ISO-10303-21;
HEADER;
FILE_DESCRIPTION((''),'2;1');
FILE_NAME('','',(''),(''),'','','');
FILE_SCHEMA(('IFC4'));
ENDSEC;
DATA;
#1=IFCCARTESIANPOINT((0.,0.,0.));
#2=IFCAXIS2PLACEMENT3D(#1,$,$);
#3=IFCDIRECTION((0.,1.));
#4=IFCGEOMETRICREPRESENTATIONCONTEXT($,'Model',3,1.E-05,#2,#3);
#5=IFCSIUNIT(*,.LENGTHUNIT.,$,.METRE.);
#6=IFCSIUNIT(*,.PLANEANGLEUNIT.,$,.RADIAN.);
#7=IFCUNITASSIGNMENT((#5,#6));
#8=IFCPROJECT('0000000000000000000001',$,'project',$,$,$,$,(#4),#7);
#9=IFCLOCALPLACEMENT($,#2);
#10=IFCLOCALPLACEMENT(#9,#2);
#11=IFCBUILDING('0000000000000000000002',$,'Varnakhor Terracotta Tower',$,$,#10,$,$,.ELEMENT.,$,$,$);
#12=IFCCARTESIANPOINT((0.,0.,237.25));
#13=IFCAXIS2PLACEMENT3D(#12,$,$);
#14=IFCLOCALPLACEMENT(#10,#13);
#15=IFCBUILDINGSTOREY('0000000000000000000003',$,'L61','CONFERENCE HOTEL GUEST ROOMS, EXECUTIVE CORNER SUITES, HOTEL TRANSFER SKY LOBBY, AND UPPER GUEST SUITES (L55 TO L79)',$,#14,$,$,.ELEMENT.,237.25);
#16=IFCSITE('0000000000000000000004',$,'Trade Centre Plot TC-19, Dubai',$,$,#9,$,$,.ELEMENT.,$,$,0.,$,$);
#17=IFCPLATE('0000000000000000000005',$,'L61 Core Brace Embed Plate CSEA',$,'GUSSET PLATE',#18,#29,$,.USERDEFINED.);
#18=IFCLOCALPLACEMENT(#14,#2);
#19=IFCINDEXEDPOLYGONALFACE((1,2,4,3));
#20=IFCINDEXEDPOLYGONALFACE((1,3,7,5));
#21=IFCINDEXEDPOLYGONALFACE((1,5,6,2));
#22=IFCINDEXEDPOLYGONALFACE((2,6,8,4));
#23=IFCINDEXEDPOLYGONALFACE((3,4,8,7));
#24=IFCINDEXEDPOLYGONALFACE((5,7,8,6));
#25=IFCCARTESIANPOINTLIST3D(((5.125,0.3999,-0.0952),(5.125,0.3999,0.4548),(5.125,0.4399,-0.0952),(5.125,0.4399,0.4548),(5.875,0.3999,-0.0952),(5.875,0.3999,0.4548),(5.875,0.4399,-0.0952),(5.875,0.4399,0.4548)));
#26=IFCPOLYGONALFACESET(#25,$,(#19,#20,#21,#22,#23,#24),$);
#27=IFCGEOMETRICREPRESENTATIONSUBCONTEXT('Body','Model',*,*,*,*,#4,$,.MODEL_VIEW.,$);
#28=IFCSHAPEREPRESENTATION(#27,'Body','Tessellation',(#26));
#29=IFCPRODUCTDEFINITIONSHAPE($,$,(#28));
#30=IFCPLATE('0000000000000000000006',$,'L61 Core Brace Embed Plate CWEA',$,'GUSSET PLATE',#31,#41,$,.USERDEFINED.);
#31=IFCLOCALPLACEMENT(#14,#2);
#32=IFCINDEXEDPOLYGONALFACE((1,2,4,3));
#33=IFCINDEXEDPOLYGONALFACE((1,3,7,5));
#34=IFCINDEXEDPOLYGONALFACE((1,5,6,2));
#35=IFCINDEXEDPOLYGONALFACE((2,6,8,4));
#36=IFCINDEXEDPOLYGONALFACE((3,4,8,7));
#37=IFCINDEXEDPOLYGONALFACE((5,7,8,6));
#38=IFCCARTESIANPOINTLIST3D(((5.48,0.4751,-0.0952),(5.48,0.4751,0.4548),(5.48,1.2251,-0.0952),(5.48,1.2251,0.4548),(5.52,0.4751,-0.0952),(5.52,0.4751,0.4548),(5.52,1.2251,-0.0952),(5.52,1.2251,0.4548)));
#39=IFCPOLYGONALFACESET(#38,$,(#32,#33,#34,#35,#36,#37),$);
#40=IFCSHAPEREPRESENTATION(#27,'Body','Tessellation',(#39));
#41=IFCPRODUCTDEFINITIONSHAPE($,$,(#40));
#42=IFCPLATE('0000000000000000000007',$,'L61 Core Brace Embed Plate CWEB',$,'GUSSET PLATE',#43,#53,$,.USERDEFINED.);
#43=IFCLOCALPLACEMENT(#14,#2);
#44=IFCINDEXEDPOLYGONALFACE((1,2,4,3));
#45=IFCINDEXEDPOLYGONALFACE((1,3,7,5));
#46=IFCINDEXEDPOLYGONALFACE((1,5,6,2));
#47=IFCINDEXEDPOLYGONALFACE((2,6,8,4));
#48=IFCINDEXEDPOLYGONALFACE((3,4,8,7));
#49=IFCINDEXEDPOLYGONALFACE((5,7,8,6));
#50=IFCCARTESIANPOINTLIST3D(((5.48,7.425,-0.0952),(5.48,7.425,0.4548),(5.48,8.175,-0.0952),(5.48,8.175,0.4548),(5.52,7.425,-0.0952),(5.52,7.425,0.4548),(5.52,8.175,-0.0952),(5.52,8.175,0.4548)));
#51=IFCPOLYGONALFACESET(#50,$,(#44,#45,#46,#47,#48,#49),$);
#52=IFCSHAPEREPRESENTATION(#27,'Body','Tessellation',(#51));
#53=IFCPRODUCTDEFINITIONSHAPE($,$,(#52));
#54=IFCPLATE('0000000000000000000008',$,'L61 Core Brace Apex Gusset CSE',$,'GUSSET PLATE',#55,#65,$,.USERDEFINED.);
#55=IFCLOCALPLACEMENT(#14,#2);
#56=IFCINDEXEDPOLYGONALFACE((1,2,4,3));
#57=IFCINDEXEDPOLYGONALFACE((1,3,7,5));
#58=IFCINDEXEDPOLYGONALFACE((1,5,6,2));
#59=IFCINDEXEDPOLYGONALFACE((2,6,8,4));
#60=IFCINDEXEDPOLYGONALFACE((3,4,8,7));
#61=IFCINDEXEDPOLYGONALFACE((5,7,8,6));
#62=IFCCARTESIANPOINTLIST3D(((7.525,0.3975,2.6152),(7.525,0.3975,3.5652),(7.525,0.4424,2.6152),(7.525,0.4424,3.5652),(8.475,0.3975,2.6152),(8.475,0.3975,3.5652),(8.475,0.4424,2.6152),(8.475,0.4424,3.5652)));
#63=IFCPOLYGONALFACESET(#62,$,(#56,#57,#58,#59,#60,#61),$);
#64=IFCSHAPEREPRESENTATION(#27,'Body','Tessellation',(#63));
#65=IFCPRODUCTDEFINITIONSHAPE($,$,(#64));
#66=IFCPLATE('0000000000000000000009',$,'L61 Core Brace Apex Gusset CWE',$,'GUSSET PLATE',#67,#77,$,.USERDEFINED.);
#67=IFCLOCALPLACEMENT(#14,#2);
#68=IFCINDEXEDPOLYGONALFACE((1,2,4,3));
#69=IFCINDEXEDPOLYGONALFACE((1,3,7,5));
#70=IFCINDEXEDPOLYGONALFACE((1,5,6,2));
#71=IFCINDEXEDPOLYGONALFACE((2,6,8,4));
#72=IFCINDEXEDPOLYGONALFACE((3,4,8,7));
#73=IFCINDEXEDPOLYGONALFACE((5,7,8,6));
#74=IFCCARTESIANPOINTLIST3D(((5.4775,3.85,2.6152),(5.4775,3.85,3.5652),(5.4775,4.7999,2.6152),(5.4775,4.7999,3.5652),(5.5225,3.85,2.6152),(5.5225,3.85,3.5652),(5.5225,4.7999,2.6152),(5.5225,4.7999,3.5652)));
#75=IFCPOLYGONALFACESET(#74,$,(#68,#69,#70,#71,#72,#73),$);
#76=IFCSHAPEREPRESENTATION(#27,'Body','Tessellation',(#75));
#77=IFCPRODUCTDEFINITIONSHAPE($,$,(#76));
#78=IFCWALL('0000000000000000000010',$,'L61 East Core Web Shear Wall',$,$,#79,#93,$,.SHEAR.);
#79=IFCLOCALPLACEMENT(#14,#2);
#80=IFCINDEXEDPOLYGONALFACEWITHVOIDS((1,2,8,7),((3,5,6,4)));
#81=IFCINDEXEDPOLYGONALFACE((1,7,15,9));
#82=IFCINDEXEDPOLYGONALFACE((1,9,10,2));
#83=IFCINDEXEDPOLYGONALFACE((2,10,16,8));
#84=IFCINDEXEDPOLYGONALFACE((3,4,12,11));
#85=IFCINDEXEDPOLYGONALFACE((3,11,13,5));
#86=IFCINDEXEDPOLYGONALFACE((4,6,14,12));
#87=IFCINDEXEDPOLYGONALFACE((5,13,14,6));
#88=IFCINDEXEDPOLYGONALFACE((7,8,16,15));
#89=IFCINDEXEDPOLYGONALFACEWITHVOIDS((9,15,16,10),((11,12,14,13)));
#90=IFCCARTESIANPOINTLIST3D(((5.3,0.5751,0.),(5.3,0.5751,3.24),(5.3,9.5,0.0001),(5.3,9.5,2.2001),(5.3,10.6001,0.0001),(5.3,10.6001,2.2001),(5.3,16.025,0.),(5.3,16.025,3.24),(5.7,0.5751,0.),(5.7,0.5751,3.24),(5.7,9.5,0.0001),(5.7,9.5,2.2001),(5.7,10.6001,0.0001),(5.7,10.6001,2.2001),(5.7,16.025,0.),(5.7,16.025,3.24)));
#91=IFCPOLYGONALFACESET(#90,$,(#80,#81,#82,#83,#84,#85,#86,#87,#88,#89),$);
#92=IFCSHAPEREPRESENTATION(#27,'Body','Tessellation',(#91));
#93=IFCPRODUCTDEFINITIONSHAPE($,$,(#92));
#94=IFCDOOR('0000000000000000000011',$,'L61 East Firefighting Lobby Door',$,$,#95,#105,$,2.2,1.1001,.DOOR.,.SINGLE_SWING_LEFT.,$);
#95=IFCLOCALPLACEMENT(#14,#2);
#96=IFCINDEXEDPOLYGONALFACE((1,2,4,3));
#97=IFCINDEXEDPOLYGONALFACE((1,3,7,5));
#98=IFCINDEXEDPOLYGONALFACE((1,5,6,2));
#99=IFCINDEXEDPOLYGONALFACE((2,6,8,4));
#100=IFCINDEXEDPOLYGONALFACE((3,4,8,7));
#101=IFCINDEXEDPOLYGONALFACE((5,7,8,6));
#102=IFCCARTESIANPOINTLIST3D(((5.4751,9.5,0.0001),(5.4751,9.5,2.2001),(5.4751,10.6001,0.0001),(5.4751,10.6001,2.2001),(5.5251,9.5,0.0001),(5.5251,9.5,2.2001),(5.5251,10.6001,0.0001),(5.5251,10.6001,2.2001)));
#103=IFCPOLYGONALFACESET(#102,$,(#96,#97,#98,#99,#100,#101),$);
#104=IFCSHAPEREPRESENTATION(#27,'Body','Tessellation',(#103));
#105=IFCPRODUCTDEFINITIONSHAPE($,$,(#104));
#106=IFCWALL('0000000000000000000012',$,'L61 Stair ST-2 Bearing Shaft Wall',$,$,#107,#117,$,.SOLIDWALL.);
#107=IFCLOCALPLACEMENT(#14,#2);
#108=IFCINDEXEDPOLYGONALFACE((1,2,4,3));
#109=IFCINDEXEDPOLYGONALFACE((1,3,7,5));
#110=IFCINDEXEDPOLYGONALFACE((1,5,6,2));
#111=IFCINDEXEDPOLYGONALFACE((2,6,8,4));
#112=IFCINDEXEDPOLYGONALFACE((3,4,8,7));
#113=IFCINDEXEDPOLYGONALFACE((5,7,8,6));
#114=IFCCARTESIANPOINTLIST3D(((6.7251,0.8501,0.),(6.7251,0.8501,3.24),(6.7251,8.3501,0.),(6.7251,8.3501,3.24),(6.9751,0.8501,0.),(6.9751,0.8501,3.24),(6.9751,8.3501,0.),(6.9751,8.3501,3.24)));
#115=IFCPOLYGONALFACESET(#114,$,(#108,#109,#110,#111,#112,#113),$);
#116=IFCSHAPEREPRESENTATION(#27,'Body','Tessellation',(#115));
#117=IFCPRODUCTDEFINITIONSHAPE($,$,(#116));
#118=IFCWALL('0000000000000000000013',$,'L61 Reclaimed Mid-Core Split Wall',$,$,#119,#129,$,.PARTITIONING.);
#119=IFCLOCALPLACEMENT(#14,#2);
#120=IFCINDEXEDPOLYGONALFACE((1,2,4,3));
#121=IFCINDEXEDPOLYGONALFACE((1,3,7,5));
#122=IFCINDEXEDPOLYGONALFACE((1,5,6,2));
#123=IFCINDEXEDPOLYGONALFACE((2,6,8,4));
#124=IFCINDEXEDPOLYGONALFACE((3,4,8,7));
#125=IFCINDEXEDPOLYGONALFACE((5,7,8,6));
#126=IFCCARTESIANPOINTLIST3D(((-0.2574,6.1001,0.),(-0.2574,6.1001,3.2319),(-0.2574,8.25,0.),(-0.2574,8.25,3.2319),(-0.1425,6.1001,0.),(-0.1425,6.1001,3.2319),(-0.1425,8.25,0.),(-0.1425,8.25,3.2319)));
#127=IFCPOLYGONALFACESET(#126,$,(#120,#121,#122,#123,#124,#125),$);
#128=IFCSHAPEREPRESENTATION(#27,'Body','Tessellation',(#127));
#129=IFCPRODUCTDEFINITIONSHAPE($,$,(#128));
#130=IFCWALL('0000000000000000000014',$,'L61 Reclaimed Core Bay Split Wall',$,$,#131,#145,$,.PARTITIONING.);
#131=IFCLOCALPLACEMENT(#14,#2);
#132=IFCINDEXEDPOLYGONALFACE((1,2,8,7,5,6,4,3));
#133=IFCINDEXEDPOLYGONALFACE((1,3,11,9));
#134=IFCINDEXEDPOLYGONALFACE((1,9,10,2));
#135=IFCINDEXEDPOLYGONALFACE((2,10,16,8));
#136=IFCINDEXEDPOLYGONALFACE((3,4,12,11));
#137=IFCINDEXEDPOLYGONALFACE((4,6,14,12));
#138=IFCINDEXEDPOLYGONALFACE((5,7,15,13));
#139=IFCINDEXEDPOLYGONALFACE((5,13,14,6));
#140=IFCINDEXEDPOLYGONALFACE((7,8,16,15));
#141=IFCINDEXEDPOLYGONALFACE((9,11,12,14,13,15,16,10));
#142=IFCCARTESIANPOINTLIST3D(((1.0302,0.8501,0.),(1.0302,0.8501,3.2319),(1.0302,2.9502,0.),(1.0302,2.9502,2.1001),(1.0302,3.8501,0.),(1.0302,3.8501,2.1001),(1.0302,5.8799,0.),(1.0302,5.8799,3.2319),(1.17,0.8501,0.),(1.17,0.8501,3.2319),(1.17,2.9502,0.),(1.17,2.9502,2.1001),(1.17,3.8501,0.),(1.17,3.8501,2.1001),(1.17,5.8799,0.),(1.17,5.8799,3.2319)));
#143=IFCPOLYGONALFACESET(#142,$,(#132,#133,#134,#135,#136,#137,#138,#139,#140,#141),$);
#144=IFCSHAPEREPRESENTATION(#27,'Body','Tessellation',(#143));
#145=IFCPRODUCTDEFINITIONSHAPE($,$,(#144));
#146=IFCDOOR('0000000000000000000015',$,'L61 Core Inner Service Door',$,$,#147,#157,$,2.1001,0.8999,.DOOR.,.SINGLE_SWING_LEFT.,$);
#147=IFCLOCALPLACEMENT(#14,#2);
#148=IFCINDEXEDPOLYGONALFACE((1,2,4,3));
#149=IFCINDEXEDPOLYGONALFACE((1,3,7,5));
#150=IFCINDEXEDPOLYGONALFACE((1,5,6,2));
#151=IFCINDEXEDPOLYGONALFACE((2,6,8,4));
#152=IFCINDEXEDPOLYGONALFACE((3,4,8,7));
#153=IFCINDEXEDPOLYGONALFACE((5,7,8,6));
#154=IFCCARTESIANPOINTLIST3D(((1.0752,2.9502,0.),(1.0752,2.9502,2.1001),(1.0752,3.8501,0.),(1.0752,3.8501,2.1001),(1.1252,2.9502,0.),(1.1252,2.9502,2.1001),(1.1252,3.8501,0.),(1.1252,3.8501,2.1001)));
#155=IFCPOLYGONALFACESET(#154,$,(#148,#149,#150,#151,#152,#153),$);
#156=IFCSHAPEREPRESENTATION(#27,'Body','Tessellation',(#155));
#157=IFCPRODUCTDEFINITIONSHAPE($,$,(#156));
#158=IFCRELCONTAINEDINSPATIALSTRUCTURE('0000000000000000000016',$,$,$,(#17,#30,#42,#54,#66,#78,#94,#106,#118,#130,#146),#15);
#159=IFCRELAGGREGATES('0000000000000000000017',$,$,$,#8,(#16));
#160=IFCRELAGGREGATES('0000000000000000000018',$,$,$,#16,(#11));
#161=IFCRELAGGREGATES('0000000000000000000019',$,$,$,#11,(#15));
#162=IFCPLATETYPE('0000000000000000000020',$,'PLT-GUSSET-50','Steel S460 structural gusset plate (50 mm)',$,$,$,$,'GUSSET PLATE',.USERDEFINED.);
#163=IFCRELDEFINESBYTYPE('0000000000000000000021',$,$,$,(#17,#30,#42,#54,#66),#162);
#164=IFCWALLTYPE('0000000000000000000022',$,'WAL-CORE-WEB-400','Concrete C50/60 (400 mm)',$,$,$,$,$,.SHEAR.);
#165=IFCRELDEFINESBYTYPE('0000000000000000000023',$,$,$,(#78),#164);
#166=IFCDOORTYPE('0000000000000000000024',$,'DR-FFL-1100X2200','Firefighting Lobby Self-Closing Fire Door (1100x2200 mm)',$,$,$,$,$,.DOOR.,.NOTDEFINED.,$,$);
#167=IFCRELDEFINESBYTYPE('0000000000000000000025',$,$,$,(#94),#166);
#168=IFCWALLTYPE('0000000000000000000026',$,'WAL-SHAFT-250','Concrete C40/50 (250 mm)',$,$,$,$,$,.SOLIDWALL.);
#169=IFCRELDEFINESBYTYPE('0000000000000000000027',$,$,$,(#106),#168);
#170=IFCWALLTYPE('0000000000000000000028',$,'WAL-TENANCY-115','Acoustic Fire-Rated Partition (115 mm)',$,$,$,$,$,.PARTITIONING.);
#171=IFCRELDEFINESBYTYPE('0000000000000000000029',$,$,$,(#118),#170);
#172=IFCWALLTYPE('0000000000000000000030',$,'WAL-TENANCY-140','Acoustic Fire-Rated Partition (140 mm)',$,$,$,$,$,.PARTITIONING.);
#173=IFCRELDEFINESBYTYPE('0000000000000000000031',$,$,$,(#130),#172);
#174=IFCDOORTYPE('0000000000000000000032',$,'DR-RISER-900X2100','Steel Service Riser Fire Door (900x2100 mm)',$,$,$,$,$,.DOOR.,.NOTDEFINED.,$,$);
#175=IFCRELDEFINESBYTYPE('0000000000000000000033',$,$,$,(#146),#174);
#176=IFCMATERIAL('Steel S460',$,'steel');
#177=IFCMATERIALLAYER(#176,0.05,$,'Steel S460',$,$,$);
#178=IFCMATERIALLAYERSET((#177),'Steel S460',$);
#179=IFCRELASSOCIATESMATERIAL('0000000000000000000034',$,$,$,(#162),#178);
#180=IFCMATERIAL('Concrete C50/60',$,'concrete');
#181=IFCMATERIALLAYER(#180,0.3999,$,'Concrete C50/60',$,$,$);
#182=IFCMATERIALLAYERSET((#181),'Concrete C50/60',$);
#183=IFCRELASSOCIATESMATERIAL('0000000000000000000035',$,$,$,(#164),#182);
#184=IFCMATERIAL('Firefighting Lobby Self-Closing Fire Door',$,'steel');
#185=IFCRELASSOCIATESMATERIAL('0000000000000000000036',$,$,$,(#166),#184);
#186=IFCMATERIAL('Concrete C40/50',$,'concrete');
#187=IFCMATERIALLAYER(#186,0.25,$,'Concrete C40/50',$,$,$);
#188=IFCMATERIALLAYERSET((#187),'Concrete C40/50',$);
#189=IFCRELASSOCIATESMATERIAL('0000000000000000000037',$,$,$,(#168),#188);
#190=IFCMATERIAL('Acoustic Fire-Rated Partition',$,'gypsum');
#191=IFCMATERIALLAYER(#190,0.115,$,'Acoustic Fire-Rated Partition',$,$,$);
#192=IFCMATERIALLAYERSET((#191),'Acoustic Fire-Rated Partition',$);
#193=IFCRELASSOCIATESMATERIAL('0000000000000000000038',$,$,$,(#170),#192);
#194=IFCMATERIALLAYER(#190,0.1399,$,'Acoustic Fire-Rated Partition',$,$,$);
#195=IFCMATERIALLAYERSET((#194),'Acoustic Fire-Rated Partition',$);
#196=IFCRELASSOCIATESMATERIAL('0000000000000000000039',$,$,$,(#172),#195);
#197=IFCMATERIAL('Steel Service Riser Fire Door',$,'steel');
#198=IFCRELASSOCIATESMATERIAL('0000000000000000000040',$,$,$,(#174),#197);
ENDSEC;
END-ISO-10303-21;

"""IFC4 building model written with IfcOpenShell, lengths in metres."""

from ifc_helpers import new_model, si_unit, direction, frame, frame_2d, origin, origin_2d, place, context, subcontext, project, spatial, rectangle, extrude, source, transform, mapped, material, layer, layer_set, type_object, type_shapes, element, fill, save


model = new_model("IFC4")

# Units and contexts
model_context = context("Model", 3, precision=1e-05, world=origin(), true_north=direction((0.0, 1.0)))
body_context = subcontext(model_context, "Body", "Model", "MODEL_VIEW")
ifc_project = project(units=[si_unit("LENGTHUNIT", "METRE"), si_unit("PLANEANGLEUNIT", "RADIAN")], contexts=[model_context])

# Site, building, storey
site_placement = place(None, origin())
site = spatial("IfcSite", under=ifc_project, at=site_placement, Name="Trade Centre Plot TC-19, Dubai", CompositionType="ELEMENT", RefElevation=0.0)
building_placement = place(site_placement, origin())
building = spatial("IfcBuilding", under=site, at=building_placement, Name="Varnakhor Terracotta Tower", CompositionType="ELEMENT")
storey_placement = place(building_placement, frame((0.0, 0.0, 237.25)))
storey = spatial("IfcBuildingStorey", under=building, at=storey_placement, Name="L61", Description="CONFERENCE HOTEL GUEST ROOMS, EXECUTIVE CORNER SUITES, HOTEL TRANSFER SKY LOBBY, AND UPPER GUEST SUITES (L55 TO L79)", CompositionType="ELEMENT", Elevation=237.25)

# Shared definitions
ifc_material_1 = material(Name="Concrete C50/60", Category="concrete")

# Shared definitions
ifc_material_2 = material(Name="Concrete C40/50", Category="concrete")

# Plates
ifc_material_3 = material(Name="Steel S460", Category="steel")
ifc_layer_1 = layer(ifc_material_3, 0.05, Name="Steel S460")
ifc_layer_set_1 = layer_set([ifc_layer_1], Name="Steel S460")
plate_type = type_object("IfcPlateType", Name="PLT-GUSSET-50", Description="Steel S460 structural gusset plate (50 mm)", ElementType="GUSSET PLATE", PredefinedType="USERDEFINED", material=ifc_layer_set_1)
shared_shape_1 = source(origin(), body_context, "Body", "SweptSolid", [
    extrude(rectangle(XDim=0.75, YDim=0.04, at=origin_2d()), origin(), (0.0, 0.0, 1.0), 0.55),
])
type_shapes(plate_type, [shared_shape_1])
for number, where, z_axis, x_axis, name in (
    (1, (5.5, 0.4199, -0.0952), (0.0, 0.0, 1.0), (1.0, 0.0, 0.0), "L61 Core Brace Embed Plate CSEA"),
    (2, (5.5, 0.8501, -0.0952), (0.0, 0.0, 1.0), (0.0, 1.0, 0.0), "L61 Core Brace Embed Plate CWEA"),
    (3, (5.5, 7.8, -0.0952), (0.0, 0.0, 1.0), (0.0, 1.0, 0.0), "L61 Core Brace Embed Plate CWEB"),
):
    element("IfcPlate", number, at=place(storey_placement, frame(where, z_axis=z_axis, x_axis=x_axis)), inside=storey, type_object=plate_type, Name=name, ObjectType="GUSSET PLATE", PredefinedType="USERDEFINED", context=body_context, shape_type="MappedRepresentation", body=[
        mapped(shared_shape_1, transform((0.0, 0.0, 0.0), scale=1.0)),
    ])
shared_shape_2 = source(origin(), body_context, "Body", "SweptSolid", [
    extrude(rectangle(XDim=0.95, YDim=0.0449, at=origin_2d()), origin(), (0.0, 0.0, 1.0), 0.95),
])
for number, where, z_axis, x_axis, name in (
    (4, (8.0, 0.4199, 2.6152), (0.0, 0.0, 1.0), (1.0, 0.0, 0.0), "L61 Core Brace Apex Gusset CSE"),
    (5, (5.5, 4.325, 2.6152), (0.0, 0.0, 1.0), (0.0, 1.0, 0.0), "L61 Core Brace Apex Gusset CWE"),
):
    element("IfcPlate", number, at=place(storey_placement, frame(where, z_axis=z_axis, x_axis=x_axis)), inside=storey, type_object=plate_type, Name=name, ObjectType="GUSSET PLATE", PredefinedType="USERDEFINED", context=body_context, shape_type="MappedRepresentation", body=[
        mapped(shared_shape_2, transform((0.0, 0.0, 0.0), scale=1.0)),
    ])

# Wall, opening, door
ifc_layer_2 = layer(ifc_material_1, 0.3999, Name="Concrete C50/60")
ifc_layer_set_2 = layer_set([ifc_layer_2], Name="Concrete C50/60")
wall_type_1 = type_object("IfcWallType", Name="WAL-CORE-WEB-400", Description="Concrete C50/60 (400 mm)", PredefinedType="SHEAR", material=ifc_layer_set_2)
wall_1_placement = place(storey_placement, frame((5.5, 0.575, 0.0), z_axis=(0.0, 0.0, 1.0), x_axis=(0.0, 1.0, 0.0)))
wall_1 = element("IfcWall", 6, at=wall_1_placement, inside=storey, type_object=wall_type_1, Name="L61 East Core Web Shear Wall", PredefinedType="SHEAR", context=body_context, shape_type="SweptSolid", body=[
    extrude(rectangle(XDim=15.45, YDim=0.3999, at=frame_2d((7.7251, 0.0))), origin(), (0.0, 0.0, 1.0), 3.24),
])
opening_1_placement = place(wall_1_placement, frame((8.925, 0.0, 0.0)))
opening_1 = element("IfcOpeningElement", 7, at=opening_1_placement, cuts=wall_1, PredefinedType="OPENING", context=body_context, shape_type="SweptSolid", body=[
    extrude(rectangle(XDim=1.1001, YDim=2.2, at=frame_2d((0.55, 1.1001))), frame((0.0, 0.21, 0.0), z_axis=(0.0, -1.0, 0.0), x_axis=(1.0, 0.0, 0.0)), (0.0, 0.0, 1.0), 0.4199),
])
ifc_material_4 = material(Name="Firefighting Lobby Self-Closing Fire Door", Category="steel")
door_type_1 = type_object("IfcDoorType", Name="DR-FFL-1100X2200", Description="Firefighting Lobby Self-Closing Fire Door (1100x2200 mm)", OperationType="NOTDEFINED", PredefinedType="DOOR", material=ifc_material_4)
shared_shape_3 = source(origin(), body_context, "Body", "SweptSolid", [
    extrude(rectangle(XDim=1.1001, YDim=2.2, at=frame_2d((0.55, 1.1001))), frame((0.0, 0.0249, 0.0), z_axis=(0.0, -1.0, 0.0), x_axis=(1.0, 0.0, 0.0)), (0.0, 0.0, 1.0), 0.05),
])
type_shapes(door_type_1, [shared_shape_3])
door_1_placement = place(opening_1_placement, origin())
door_1 = element("IfcDoor", 8, at=door_1_placement, inside=storey, type_object=door_type_1, Name="L61 East Firefighting Lobby Door", OperationType="SINGLE_SWING_LEFT", OverallHeight=2.2, OverallWidth=1.1001, PredefinedType="DOOR", context=body_context, shape_type="MappedRepresentation", body=[
    mapped(shared_shape_3, transform((0.0, 0.0, 0.0), scale=1.0)),
])
fill(opening_1, door_1)

# Walls
ifc_layer_3 = layer(ifc_material_2, 0.25, Name="Concrete C40/50")
ifc_layer_set_3 = layer_set([ifc_layer_3], Name="Concrete C40/50")
wall_type_2 = type_object("IfcWallType", Name="WAL-SHAFT-250", Description="Concrete C40/50 (250 mm)", PredefinedType="SOLIDWALL", material=ifc_layer_set_3)
wall_2_placement = place(storey_placement, frame((6.8501, 0.8501, 0.0), z_axis=(0.0, 0.0, 1.0), x_axis=(0.0, 1.0, 0.0)))
element("IfcWall", 9, at=wall_2_placement, inside=storey, type_object=wall_type_2, Name="L61 Stair ST-2 Bearing Shaft Wall", PredefinedType="SOLIDWALL", context=body_context, shape_type="SweptSolid", body=[
    extrude(rectangle(XDim=7.5, YDim=0.25, at=frame_2d((3.75, 0.0))), origin(), (0.0, 0.0, 1.0), 3.24),
])
ifc_material_5 = material(Name="Acoustic Fire-Rated Partition", Category="gypsum")
ifc_layer_4 = layer(ifc_material_5, 0.115, Name="Acoustic Fire-Rated Partition")
ifc_layer_set_4 = layer_set([ifc_layer_4], Name="Acoustic Fire-Rated Partition")
wall_type_3 = type_object("IfcWallType", Name="WAL-TENANCY-115", Description="Acoustic Fire-Rated Partition (115 mm)", PredefinedType="PARTITIONING", material=ifc_layer_set_4)
wall_3_placement = place(storey_placement, frame((-0.2, 6.1001, 0.0), z_axis=(0.0, 0.0, 1.0), x_axis=(0.0, 1.0, 0.0)))
element("IfcWall", 10, at=wall_3_placement, inside=storey, type_object=wall_type_3, Name="L61 Reclaimed Mid-Core Split Wall", PredefinedType="PARTITIONING", context=body_context, shape_type="SweptSolid", body=[
    extrude(rectangle(XDim=2.1499, YDim=0.115, at=frame_2d((1.075, 0.0))), origin(), (0.0, 0.0, 1.0), 3.2319),
])

# Wall, opening, door
ifc_layer_5 = layer(ifc_material_5, 0.1399, Name="Acoustic Fire-Rated Partition")
ifc_layer_set_5 = layer_set([ifc_layer_5], Name="Acoustic Fire-Rated Partition")
wall_type_4 = type_object("IfcWallType", Name="WAL-TENANCY-140", Description="Acoustic Fire-Rated Partition (140 mm)", PredefinedType="PARTITIONING", material=ifc_layer_set_5)
wall_4_placement = place(storey_placement, frame((1.1001, 0.8501, 0.0), z_axis=(0.0, 0.0, 1.0), x_axis=(0.0, 1.0, 0.0)))
wall_4 = element("IfcWall", 11, at=wall_4_placement, inside=storey, type_object=wall_type_4, Name="L61 Reclaimed Core Bay Split Wall", PredefinedType="PARTITIONING", context=body_context, shape_type="SweptSolid", body=[
    extrude(rectangle(XDim=5.0298, YDim=0.1399, at=frame_2d((2.5149, 0.0))), origin(), (0.0, 0.0, 1.0), 3.2319),
])
opening_2_placement = place(wall_4_placement, frame((2.1001, 0.0, 0.0)))
opening_2 = element("IfcOpeningElement", 12, at=opening_2_placement, cuts=wall_4, PredefinedType="OPENING", context=body_context, shape_type="SweptSolid", body=[
    extrude(rectangle(XDim=0.8999, YDim=2.1001, at=frame_2d((0.45, 1.05))), frame((0.0, 0.0801, 0.0), z_axis=(0.0, -1.0, 0.0), x_axis=(1.0, 0.0, 0.0)), (0.0, 0.0, 1.0), 0.1599),
])
ifc_material_6 = material(Name="Steel Service Riser Fire Door", Category="steel")
door_type_2 = type_object("IfcDoorType", Name="DR-RISER-900X2100", Description="Steel Service Riser Fire Door (900x2100 mm)", OperationType="NOTDEFINED", PredefinedType="DOOR", material=ifc_material_6)
shared_shape_4 = source(origin(), body_context, "Body", "SweptSolid", [
    extrude(rectangle(XDim=0.8999, YDim=2.1001, at=frame_2d((0.45, 1.05))), frame((0.0, 0.0249, 0.0), z_axis=(0.0, -1.0, 0.0), x_axis=(1.0, 0.0, 0.0)), (0.0, 0.0, 1.0), 0.05),
])
type_shapes(door_type_2, [shared_shape_4])
door_2_placement = place(opening_2_placement, origin())
door_2 = element("IfcDoor", 13, at=door_2_placement, inside=storey, type_object=door_type_2, Name="L61 Core Inner Service Door", OperationType="SINGLE_SWING_LEFT", OverallHeight=2.1001, OverallWidth=0.8999, PredefinedType="DOOR", context=body_context, shape_type="MappedRepresentation", body=[
    mapped(shared_shape_4, transform((0.0, 0.0, 0.0), scale=1.0)),
])
fill(opening_2, door_2)

save(model, "model.ifc")
